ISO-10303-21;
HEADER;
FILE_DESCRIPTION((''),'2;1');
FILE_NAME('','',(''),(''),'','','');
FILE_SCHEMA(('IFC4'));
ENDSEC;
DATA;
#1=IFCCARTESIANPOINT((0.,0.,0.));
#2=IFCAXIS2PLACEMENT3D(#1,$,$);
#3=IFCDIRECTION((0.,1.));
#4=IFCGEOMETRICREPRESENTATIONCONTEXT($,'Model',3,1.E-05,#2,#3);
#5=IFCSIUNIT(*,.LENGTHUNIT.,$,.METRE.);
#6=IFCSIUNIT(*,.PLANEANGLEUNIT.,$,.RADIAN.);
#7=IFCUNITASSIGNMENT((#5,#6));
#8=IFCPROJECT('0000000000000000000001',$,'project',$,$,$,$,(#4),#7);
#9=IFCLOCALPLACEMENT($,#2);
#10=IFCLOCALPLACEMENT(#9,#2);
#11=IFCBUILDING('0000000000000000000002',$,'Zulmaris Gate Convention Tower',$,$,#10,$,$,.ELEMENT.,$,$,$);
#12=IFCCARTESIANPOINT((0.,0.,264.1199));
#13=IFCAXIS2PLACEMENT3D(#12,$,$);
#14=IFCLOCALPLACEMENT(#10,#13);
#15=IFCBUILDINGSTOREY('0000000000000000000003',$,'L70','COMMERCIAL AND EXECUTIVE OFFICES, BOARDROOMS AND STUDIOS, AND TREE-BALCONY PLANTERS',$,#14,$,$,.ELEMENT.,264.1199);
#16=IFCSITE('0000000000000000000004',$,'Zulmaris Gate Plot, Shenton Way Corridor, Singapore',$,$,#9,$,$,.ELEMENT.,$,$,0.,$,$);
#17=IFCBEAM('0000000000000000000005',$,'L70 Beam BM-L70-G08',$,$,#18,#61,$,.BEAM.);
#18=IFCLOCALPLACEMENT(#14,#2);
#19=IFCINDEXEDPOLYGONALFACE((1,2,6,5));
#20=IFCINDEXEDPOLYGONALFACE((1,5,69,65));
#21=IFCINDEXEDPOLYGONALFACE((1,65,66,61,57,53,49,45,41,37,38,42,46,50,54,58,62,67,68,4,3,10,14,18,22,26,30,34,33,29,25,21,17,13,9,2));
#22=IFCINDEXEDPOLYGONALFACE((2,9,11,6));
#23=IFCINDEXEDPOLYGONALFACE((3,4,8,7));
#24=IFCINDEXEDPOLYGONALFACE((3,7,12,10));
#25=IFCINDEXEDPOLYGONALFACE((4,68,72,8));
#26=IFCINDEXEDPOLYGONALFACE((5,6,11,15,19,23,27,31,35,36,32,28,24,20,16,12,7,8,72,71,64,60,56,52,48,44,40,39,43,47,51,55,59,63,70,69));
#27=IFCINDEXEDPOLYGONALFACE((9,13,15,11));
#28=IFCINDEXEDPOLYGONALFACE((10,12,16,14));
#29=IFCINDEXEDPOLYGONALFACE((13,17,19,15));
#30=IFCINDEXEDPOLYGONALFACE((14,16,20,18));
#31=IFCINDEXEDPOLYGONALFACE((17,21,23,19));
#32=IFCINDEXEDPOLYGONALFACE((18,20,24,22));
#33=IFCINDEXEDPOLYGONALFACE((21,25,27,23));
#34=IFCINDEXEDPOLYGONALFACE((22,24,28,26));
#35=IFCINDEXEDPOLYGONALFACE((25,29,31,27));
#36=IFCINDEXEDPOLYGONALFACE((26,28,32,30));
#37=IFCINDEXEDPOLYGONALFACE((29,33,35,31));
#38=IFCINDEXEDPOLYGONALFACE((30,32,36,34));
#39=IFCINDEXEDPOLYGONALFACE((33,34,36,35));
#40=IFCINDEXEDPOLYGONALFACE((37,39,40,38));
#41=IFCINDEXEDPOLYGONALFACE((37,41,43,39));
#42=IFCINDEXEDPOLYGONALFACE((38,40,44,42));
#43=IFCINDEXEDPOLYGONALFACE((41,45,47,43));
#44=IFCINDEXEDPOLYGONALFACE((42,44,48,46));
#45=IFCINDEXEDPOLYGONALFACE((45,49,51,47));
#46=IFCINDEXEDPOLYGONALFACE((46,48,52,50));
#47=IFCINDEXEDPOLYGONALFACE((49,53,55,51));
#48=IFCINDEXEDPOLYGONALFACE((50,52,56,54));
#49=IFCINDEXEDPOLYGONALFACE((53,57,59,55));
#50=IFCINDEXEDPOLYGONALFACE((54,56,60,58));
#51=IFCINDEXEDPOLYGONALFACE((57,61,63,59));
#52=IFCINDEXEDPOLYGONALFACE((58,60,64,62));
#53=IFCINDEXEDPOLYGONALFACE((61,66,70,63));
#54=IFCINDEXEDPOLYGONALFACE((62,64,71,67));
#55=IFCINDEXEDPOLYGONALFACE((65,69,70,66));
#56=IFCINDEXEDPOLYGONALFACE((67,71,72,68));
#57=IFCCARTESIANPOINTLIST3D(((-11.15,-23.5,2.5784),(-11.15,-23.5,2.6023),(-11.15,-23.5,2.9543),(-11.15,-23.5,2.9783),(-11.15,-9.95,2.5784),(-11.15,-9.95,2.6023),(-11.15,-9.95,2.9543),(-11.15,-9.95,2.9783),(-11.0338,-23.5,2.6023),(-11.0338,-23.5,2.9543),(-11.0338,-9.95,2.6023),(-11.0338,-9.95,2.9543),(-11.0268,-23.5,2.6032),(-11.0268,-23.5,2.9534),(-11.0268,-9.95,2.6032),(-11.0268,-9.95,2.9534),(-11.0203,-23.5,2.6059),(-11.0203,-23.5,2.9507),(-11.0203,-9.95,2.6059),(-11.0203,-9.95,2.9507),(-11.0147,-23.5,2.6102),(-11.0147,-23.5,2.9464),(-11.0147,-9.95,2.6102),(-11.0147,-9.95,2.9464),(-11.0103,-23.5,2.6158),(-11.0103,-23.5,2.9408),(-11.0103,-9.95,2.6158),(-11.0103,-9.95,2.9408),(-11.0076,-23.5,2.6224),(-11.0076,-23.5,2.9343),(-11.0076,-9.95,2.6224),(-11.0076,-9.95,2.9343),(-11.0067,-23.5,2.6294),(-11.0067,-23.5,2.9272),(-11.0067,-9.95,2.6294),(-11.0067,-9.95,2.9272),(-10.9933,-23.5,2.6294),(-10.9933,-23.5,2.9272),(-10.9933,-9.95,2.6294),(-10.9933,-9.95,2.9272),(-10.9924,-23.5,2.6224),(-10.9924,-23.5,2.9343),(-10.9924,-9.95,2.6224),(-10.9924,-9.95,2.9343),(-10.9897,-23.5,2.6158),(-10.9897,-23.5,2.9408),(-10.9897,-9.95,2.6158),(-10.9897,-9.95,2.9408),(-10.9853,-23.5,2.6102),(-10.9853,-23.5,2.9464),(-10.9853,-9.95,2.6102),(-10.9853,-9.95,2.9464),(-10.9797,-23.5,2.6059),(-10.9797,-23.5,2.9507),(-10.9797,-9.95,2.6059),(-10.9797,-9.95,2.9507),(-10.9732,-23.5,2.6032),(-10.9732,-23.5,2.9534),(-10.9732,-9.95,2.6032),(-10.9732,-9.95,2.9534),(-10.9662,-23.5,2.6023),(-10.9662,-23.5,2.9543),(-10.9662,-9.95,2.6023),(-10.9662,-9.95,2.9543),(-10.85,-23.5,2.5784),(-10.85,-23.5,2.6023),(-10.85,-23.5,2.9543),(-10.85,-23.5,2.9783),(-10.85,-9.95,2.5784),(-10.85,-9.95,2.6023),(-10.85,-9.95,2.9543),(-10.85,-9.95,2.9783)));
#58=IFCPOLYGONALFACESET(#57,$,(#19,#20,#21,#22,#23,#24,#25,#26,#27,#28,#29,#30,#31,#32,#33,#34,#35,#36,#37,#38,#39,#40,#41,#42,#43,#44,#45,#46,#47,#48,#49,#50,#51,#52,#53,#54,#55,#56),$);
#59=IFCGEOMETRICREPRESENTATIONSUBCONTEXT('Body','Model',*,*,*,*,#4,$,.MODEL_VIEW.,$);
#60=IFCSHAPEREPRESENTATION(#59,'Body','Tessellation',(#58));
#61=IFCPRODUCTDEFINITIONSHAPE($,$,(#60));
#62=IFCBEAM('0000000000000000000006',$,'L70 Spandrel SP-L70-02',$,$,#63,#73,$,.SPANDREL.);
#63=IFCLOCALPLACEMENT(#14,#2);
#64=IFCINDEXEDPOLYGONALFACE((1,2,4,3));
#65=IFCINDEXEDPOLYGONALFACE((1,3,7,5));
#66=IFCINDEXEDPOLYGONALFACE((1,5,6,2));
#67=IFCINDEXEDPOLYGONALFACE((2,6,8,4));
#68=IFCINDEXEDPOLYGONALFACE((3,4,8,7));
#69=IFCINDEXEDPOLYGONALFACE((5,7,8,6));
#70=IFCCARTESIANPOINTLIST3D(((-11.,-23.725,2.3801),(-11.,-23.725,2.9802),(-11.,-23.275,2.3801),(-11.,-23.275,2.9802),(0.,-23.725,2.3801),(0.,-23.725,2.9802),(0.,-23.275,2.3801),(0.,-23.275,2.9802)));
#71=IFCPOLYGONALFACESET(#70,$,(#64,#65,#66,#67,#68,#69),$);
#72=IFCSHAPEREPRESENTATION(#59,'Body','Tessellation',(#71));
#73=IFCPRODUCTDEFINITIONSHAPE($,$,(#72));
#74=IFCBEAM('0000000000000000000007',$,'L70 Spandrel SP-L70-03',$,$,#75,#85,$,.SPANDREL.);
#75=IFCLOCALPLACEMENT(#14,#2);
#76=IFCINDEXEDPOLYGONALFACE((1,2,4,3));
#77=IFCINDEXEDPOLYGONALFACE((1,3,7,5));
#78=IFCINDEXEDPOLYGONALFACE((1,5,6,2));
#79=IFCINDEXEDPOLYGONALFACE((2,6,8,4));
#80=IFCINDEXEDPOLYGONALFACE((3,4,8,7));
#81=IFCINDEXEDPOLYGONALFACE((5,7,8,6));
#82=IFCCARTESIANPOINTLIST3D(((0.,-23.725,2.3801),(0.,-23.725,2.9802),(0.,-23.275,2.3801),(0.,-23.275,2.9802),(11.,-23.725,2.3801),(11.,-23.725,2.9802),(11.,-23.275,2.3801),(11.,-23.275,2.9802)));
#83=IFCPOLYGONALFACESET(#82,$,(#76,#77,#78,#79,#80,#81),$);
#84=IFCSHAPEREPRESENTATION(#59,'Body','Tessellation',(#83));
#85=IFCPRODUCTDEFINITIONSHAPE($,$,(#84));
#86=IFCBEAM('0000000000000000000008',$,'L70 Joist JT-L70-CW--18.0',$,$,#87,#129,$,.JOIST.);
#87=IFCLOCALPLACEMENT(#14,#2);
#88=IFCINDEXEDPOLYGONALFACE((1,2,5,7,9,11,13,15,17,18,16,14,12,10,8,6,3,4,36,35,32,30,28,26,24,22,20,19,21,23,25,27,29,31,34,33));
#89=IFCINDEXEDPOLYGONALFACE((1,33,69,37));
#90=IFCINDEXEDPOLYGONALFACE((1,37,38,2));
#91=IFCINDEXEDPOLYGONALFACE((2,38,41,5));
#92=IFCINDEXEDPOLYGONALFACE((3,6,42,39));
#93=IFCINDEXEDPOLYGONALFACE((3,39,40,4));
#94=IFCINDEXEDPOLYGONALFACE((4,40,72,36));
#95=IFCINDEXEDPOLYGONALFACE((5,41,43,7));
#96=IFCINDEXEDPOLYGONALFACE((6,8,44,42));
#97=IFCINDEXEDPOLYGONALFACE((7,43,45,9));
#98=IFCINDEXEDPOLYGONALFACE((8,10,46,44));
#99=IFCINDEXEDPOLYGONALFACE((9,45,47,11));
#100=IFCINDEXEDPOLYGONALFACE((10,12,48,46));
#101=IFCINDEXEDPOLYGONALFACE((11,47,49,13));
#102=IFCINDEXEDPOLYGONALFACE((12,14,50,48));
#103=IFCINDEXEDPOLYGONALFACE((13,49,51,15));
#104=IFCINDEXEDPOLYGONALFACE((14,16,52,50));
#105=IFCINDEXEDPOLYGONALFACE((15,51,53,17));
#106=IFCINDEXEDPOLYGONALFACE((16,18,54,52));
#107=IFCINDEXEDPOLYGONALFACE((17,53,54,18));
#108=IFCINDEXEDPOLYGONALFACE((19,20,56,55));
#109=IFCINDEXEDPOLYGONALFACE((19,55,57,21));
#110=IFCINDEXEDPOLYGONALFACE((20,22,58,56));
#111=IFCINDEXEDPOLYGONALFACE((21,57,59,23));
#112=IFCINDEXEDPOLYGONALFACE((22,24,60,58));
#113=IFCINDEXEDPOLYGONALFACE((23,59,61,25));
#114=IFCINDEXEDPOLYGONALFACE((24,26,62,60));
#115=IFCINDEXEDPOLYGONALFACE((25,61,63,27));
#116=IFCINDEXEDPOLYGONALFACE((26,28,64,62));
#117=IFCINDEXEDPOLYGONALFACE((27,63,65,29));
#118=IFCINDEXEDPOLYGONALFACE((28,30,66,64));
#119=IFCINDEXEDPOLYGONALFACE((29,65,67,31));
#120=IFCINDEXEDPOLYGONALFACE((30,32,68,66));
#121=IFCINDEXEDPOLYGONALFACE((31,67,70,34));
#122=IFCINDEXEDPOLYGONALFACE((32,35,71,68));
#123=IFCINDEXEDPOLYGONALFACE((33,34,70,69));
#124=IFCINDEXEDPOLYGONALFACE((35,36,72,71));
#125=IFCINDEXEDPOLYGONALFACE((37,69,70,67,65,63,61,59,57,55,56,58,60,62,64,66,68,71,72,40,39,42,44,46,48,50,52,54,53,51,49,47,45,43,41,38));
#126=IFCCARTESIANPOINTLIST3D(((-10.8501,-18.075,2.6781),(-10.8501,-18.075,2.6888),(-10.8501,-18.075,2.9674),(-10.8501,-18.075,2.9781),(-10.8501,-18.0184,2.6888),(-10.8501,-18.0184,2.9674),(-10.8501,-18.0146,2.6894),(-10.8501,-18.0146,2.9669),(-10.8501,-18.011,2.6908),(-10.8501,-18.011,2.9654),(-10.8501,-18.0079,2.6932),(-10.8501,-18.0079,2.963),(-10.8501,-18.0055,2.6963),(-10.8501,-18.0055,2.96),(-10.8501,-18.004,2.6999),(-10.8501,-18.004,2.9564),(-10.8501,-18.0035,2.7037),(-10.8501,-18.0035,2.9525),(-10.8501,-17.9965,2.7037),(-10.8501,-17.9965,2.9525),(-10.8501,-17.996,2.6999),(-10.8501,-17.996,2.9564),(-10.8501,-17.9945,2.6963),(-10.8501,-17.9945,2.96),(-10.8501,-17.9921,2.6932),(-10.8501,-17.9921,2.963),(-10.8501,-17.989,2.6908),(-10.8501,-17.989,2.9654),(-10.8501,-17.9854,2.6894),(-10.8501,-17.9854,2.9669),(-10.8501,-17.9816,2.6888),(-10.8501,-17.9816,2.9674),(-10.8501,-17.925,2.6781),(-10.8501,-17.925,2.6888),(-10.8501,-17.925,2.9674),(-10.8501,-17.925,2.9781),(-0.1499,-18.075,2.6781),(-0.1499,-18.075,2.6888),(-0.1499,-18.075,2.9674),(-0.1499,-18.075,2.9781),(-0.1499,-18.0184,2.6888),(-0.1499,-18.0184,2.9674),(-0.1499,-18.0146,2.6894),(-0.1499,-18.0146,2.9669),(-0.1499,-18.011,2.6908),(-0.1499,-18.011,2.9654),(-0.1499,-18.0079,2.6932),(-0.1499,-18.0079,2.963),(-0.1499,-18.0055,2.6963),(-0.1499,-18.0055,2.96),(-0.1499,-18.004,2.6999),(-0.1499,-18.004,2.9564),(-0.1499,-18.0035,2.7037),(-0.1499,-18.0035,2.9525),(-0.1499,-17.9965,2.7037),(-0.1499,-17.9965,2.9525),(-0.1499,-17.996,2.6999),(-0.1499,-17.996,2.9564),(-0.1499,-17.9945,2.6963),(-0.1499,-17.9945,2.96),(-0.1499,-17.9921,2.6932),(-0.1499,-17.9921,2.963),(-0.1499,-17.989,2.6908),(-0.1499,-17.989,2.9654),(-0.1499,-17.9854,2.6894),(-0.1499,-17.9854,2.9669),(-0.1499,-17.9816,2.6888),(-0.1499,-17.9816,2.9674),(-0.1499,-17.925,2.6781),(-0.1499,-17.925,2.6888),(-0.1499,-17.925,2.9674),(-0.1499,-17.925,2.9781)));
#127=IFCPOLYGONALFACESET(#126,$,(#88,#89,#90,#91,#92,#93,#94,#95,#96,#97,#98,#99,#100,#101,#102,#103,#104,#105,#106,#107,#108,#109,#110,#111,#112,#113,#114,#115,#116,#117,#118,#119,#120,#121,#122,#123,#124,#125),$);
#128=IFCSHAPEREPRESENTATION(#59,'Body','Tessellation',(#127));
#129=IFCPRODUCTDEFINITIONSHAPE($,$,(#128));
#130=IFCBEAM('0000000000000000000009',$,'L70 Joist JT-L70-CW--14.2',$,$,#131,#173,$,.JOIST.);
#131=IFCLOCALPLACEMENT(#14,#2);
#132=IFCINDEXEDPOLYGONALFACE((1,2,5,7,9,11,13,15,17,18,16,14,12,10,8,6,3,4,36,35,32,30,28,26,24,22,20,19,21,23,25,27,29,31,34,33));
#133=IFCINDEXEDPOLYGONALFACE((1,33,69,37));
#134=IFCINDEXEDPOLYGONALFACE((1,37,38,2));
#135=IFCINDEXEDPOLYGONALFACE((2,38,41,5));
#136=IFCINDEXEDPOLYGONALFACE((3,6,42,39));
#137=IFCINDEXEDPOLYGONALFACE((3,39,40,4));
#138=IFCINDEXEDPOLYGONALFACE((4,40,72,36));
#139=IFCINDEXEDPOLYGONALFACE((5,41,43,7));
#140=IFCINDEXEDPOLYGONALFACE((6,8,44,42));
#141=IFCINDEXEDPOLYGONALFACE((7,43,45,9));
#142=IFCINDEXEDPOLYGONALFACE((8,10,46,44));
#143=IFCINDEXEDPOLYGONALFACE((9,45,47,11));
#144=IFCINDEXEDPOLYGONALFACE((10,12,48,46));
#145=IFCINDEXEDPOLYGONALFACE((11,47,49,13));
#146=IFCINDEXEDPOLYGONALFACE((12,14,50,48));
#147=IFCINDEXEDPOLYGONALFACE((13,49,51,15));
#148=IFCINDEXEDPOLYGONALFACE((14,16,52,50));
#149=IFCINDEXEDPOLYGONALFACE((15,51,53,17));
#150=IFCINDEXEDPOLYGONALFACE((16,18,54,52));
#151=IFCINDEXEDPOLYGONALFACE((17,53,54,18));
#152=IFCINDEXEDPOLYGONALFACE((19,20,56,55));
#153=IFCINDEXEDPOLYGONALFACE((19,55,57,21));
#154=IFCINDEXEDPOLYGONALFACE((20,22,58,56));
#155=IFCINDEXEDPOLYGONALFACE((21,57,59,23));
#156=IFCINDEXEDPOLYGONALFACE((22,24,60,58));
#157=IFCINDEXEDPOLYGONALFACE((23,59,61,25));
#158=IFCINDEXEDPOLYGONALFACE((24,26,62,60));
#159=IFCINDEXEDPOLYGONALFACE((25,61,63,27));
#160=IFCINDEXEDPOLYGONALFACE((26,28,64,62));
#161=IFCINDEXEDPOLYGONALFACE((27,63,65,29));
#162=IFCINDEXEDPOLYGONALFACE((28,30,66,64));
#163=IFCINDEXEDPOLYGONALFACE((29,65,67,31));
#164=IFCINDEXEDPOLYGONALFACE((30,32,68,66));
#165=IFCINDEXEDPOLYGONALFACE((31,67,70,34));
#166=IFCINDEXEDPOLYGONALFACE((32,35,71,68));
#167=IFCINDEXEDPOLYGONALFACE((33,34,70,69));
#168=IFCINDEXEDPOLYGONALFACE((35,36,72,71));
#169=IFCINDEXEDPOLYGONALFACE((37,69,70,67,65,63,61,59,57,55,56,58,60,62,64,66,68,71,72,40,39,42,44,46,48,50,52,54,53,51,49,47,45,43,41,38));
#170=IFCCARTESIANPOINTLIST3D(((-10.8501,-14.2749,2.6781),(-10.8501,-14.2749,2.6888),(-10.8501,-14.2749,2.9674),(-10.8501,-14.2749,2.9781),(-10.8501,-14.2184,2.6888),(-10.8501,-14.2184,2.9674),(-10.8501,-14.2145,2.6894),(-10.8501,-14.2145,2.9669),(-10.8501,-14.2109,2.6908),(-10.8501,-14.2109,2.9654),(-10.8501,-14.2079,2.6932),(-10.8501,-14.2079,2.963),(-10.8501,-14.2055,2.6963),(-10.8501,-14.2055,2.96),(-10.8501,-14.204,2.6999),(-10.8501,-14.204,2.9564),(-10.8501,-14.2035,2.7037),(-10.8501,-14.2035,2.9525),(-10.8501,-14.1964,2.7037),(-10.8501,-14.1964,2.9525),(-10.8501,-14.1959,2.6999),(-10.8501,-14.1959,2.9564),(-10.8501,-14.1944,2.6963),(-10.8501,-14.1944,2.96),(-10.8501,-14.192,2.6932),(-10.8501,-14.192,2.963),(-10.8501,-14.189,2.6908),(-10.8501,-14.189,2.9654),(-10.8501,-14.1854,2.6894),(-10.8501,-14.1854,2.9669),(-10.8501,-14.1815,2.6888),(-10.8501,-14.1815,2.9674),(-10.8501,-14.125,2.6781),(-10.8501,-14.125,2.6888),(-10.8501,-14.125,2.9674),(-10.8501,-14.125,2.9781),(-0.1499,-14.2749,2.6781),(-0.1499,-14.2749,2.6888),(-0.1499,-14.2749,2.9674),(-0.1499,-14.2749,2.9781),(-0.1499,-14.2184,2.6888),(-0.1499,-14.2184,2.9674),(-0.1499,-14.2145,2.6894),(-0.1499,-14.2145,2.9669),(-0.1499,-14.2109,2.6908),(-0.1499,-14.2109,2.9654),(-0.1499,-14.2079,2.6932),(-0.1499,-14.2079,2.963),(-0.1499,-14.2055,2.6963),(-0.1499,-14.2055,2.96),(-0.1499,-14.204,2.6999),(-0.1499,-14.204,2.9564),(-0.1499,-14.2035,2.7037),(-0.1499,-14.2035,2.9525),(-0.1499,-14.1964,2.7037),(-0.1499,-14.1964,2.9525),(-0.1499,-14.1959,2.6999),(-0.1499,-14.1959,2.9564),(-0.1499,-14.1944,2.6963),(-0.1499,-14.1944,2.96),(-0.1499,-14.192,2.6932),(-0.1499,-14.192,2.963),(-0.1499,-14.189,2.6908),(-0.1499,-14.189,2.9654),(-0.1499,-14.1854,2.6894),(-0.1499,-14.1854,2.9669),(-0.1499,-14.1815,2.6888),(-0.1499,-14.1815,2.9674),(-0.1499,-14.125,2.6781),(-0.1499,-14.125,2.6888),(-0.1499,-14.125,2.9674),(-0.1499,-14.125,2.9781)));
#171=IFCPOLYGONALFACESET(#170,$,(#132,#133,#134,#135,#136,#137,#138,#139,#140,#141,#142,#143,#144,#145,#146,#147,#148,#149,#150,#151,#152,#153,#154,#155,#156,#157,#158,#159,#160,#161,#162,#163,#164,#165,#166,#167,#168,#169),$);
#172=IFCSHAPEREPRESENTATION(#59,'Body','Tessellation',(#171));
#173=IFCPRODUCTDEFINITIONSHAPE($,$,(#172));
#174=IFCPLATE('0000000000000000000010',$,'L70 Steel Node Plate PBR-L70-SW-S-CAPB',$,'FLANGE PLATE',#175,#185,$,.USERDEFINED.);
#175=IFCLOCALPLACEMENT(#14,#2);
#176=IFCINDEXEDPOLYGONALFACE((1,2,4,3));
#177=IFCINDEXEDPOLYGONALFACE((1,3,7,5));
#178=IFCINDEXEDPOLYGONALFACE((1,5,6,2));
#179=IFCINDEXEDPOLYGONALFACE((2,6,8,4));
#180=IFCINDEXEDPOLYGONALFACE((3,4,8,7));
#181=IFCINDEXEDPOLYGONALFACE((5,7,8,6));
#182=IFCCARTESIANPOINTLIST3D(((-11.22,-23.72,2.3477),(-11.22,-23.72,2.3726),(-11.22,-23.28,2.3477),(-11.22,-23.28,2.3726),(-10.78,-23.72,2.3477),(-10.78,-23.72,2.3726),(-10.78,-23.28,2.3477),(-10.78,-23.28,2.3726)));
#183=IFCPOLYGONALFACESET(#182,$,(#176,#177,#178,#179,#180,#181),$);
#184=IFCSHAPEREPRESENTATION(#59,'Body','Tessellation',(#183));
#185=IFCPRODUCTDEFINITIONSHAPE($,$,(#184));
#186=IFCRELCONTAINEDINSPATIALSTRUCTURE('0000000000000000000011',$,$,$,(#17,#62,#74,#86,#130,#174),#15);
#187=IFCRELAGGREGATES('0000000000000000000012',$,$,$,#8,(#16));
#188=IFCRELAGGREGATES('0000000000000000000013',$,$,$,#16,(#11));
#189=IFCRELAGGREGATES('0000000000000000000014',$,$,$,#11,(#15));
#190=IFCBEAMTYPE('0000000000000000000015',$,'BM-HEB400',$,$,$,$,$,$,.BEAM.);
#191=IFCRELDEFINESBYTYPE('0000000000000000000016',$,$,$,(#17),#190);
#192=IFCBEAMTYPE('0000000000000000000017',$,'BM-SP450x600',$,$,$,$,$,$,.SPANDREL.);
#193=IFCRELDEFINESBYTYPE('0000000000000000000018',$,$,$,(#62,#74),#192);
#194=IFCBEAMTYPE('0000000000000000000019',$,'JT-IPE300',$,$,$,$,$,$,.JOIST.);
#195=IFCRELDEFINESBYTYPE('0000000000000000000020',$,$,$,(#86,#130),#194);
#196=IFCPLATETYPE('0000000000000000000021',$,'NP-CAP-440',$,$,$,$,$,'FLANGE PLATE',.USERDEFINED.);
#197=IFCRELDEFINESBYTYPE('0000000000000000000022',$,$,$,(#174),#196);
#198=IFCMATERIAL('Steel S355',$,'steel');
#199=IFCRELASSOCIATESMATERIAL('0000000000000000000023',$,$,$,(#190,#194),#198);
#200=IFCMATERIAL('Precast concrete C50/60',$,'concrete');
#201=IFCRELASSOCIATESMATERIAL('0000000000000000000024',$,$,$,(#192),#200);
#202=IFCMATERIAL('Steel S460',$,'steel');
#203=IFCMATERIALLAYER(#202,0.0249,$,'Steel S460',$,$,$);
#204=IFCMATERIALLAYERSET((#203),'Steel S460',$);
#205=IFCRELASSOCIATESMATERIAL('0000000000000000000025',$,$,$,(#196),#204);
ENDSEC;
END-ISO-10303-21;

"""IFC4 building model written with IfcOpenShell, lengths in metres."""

from ifc_helpers import new_model, si_unit, direction, frame, origin, origin_2d, place, context, subcontext, project, spatial, rectangle, i_section, extrude, material, layer, layer_set, material_profile, profile_set, type_object, element, save


model = new_model("IFC4")

# Units and contexts
model_context = context("Model", 3, precision=1e-05, world=origin(), true_north=direction((0.0, 1.0)))
body_context = subcontext(model_context, "Body", "Model", "MODEL_VIEW")
ifc_project = project(units=[si_unit("LENGTHUNIT", "METRE"), si_unit("PLANEANGLEUNIT", "RADIAN")], contexts=[model_context])

# Site, building, storey
site_placement = place(None, origin())
site = spatial("IfcSite", under=ifc_project, at=site_placement, Name="Zulmaris Gate Plot, Shenton Way Corridor, Singapore", CompositionType="ELEMENT", RefElevation=0.0)
building_placement = place(site_placement, origin())
building = spatial("IfcBuilding", under=site, at=building_placement, Name="Zulmaris Gate Convention Tower", CompositionType="ELEMENT")
storey_placement = place(building_placement, frame((0.0, 0.0, 264.1199)))
storey = spatial("IfcBuildingStorey", under=building, at=storey_placement, Name="L70", Description="COMMERCIAL AND EXECUTIVE OFFICES, BOARDROOMS AND STUDIOS, AND TREE-BALCONY PLANTERS", CompositionType="ELEMENT", Elevation=264.1199)

# Beams
ifc_material_1 = material(Name="Steel S355", Category="steel")
ifc_material_profile_1 = material_profile(ifc_material_1, i_section(OverallWidth=0.3, OverallDepth=0.3999, WebThickness=0.0134, FlangeThickness=0.0239, FilletRadius=0.0271, at=origin_2d()), Name="HEB 400")
ifc_profile_set_1 = profile_set([ifc_material_profile_1], Name="Steel S355")
beam_type_1 = type_object("IfcBeamType", Name="BM-HEB400", PredefinedType="BEAM", material=ifc_profile_set_1)
beam_1_placement = place(storey_placement, frame((-11.0, -23.5, 2.7783), z_axis=(0.0, 1.0, 0.0), x_axis=(-1.0, 0.0, 0.0)))
element("IfcBeam", 1, at=beam_1_placement, inside=storey, type_object=beam_type_1, Name="L70 Beam BM-L70-G08", PredefinedType="BEAM", context=body_context, shape_type="SweptSolid", body=[
    extrude(i_section(OverallWidth=0.3, OverallDepth=0.3999, WebThickness=0.0134, FlangeThickness=0.0239, FilletRadius=0.0271, at=origin_2d()), origin(), (0.0, 0.0, 1.0), 13.55),
])
ifc_material_2 = material(Name="Precast concrete C50/60", Category="concrete")
ifc_material_profile_2 = material_profile(ifc_material_2, rectangle(XDim=0.45, YDim=0.6001, at=origin_2d()), Name="RC SPANDREL 450x600")
ifc_profile_set_2 = profile_set([ifc_material_profile_2], Name="Precast concrete C50/60")
beam_type_2 = type_object("IfcBeamType", Name="BM-SP450x600", PredefinedType="SPANDREL", material=ifc_profile_set_2)
for number, where, z_axis, x_axis, name in (
    (2, (-11.0, -23.5, 2.6802), (1.0, 0.0, 0.0), (0.0, 1.0, 0.0), "L70 Spandrel SP-L70-02"),
    (3, (0.0, -23.5, 2.6802), (1.0, 0.0, 0.0), (0.0, 1.0, 0.0), "L70 Spandrel SP-L70-03"),
):
    element("IfcBeam", number, at=place(storey_placement, frame(where, z_axis=z_axis, x_axis=x_axis)), inside=storey, type_object=beam_type_2, Name=name, PredefinedType="SPANDREL", context=body_context, shape_type="SweptSolid", body=[
        extrude(rectangle(XDim=0.45, YDim=0.6001, at=origin_2d()), origin(), (0.0, 0.0, 1.0), 11.0),
    ])
ifc_material_profile_3 = material_profile(ifc_material_1, i_section(OverallWidth=0.1499, OverallDepth=0.3, WebThickness=0.0071, FlangeThickness=0.0107, FilletRadius=0.0149, at=origin_2d()), Name="IPE 300")
ifc_profile_set_3 = profile_set([ifc_material_profile_3], Name="Steel S355")
beam_type_3 = type_object("IfcBeamType", Name="JT-IPE300", PredefinedType="JOIST", material=ifc_profile_set_3)
for number, where, z_axis, x_axis, name in (
    (4, (-10.8501, -18.0, 2.8281), (1.0, 0.0, 0.0), (0.0, 1.0, 0.0), "L70 Joist JT-L70-CW--18.0"),
    (5, (-10.8501, -14.2, 2.8281), (1.0, 0.0, 0.0), (0.0, 1.0, 0.0), "L70 Joist JT-L70-CW--14.2"),
):
    element("IfcBeam", number, at=place(storey_placement, frame(where, z_axis=z_axis, x_axis=x_axis)), inside=storey, type_object=beam_type_3, Name=name, PredefinedType="JOIST", context=body_context, shape_type="SweptSolid", body=[
        extrude(i_section(OverallWidth=0.1499, OverallDepth=0.3, WebThickness=0.0071, FlangeThickness=0.0107, FilletRadius=0.0149, at=origin_2d()), origin(), (0.0, 0.0, 1.0), 10.7002),
    ])

# Plate
ifc_material_3 = material(Name="Steel S460", Category="steel")
ifc_layer_1 = layer(ifc_material_3, 0.0249, Name="Steel S460")
ifc_layer_set_1 = layer_set([ifc_layer_1], Name="Steel S460")
plate_type = type_object("IfcPlateType", Name="NP-CAP-440", ElementType="FLANGE PLATE", PredefinedType="USERDEFINED", material=ifc_layer_set_1)
plate_placement = place(storey_placement, frame((-11.0, -23.5, 2.3477), z_axis=(0.0, 0.0, 1.0), x_axis=(1.0, 0.0, 0.0)))
element("IfcPlate", 6, at=plate_placement, inside=storey, type_object=plate_type, Name="L70 Steel Node Plate PBR-L70-SW-S-CAPB", ObjectType="FLANGE PLATE", PredefinedType="USERDEFINED", context=body_context, shape_type="SweptSolid", body=[
    extrude(rectangle(XDim=0.4399, YDim=0.4399, at=origin_2d()), origin(), (0.0, 0.0, 1.0), 0.0249),
])

save(model, "model.ifc")
